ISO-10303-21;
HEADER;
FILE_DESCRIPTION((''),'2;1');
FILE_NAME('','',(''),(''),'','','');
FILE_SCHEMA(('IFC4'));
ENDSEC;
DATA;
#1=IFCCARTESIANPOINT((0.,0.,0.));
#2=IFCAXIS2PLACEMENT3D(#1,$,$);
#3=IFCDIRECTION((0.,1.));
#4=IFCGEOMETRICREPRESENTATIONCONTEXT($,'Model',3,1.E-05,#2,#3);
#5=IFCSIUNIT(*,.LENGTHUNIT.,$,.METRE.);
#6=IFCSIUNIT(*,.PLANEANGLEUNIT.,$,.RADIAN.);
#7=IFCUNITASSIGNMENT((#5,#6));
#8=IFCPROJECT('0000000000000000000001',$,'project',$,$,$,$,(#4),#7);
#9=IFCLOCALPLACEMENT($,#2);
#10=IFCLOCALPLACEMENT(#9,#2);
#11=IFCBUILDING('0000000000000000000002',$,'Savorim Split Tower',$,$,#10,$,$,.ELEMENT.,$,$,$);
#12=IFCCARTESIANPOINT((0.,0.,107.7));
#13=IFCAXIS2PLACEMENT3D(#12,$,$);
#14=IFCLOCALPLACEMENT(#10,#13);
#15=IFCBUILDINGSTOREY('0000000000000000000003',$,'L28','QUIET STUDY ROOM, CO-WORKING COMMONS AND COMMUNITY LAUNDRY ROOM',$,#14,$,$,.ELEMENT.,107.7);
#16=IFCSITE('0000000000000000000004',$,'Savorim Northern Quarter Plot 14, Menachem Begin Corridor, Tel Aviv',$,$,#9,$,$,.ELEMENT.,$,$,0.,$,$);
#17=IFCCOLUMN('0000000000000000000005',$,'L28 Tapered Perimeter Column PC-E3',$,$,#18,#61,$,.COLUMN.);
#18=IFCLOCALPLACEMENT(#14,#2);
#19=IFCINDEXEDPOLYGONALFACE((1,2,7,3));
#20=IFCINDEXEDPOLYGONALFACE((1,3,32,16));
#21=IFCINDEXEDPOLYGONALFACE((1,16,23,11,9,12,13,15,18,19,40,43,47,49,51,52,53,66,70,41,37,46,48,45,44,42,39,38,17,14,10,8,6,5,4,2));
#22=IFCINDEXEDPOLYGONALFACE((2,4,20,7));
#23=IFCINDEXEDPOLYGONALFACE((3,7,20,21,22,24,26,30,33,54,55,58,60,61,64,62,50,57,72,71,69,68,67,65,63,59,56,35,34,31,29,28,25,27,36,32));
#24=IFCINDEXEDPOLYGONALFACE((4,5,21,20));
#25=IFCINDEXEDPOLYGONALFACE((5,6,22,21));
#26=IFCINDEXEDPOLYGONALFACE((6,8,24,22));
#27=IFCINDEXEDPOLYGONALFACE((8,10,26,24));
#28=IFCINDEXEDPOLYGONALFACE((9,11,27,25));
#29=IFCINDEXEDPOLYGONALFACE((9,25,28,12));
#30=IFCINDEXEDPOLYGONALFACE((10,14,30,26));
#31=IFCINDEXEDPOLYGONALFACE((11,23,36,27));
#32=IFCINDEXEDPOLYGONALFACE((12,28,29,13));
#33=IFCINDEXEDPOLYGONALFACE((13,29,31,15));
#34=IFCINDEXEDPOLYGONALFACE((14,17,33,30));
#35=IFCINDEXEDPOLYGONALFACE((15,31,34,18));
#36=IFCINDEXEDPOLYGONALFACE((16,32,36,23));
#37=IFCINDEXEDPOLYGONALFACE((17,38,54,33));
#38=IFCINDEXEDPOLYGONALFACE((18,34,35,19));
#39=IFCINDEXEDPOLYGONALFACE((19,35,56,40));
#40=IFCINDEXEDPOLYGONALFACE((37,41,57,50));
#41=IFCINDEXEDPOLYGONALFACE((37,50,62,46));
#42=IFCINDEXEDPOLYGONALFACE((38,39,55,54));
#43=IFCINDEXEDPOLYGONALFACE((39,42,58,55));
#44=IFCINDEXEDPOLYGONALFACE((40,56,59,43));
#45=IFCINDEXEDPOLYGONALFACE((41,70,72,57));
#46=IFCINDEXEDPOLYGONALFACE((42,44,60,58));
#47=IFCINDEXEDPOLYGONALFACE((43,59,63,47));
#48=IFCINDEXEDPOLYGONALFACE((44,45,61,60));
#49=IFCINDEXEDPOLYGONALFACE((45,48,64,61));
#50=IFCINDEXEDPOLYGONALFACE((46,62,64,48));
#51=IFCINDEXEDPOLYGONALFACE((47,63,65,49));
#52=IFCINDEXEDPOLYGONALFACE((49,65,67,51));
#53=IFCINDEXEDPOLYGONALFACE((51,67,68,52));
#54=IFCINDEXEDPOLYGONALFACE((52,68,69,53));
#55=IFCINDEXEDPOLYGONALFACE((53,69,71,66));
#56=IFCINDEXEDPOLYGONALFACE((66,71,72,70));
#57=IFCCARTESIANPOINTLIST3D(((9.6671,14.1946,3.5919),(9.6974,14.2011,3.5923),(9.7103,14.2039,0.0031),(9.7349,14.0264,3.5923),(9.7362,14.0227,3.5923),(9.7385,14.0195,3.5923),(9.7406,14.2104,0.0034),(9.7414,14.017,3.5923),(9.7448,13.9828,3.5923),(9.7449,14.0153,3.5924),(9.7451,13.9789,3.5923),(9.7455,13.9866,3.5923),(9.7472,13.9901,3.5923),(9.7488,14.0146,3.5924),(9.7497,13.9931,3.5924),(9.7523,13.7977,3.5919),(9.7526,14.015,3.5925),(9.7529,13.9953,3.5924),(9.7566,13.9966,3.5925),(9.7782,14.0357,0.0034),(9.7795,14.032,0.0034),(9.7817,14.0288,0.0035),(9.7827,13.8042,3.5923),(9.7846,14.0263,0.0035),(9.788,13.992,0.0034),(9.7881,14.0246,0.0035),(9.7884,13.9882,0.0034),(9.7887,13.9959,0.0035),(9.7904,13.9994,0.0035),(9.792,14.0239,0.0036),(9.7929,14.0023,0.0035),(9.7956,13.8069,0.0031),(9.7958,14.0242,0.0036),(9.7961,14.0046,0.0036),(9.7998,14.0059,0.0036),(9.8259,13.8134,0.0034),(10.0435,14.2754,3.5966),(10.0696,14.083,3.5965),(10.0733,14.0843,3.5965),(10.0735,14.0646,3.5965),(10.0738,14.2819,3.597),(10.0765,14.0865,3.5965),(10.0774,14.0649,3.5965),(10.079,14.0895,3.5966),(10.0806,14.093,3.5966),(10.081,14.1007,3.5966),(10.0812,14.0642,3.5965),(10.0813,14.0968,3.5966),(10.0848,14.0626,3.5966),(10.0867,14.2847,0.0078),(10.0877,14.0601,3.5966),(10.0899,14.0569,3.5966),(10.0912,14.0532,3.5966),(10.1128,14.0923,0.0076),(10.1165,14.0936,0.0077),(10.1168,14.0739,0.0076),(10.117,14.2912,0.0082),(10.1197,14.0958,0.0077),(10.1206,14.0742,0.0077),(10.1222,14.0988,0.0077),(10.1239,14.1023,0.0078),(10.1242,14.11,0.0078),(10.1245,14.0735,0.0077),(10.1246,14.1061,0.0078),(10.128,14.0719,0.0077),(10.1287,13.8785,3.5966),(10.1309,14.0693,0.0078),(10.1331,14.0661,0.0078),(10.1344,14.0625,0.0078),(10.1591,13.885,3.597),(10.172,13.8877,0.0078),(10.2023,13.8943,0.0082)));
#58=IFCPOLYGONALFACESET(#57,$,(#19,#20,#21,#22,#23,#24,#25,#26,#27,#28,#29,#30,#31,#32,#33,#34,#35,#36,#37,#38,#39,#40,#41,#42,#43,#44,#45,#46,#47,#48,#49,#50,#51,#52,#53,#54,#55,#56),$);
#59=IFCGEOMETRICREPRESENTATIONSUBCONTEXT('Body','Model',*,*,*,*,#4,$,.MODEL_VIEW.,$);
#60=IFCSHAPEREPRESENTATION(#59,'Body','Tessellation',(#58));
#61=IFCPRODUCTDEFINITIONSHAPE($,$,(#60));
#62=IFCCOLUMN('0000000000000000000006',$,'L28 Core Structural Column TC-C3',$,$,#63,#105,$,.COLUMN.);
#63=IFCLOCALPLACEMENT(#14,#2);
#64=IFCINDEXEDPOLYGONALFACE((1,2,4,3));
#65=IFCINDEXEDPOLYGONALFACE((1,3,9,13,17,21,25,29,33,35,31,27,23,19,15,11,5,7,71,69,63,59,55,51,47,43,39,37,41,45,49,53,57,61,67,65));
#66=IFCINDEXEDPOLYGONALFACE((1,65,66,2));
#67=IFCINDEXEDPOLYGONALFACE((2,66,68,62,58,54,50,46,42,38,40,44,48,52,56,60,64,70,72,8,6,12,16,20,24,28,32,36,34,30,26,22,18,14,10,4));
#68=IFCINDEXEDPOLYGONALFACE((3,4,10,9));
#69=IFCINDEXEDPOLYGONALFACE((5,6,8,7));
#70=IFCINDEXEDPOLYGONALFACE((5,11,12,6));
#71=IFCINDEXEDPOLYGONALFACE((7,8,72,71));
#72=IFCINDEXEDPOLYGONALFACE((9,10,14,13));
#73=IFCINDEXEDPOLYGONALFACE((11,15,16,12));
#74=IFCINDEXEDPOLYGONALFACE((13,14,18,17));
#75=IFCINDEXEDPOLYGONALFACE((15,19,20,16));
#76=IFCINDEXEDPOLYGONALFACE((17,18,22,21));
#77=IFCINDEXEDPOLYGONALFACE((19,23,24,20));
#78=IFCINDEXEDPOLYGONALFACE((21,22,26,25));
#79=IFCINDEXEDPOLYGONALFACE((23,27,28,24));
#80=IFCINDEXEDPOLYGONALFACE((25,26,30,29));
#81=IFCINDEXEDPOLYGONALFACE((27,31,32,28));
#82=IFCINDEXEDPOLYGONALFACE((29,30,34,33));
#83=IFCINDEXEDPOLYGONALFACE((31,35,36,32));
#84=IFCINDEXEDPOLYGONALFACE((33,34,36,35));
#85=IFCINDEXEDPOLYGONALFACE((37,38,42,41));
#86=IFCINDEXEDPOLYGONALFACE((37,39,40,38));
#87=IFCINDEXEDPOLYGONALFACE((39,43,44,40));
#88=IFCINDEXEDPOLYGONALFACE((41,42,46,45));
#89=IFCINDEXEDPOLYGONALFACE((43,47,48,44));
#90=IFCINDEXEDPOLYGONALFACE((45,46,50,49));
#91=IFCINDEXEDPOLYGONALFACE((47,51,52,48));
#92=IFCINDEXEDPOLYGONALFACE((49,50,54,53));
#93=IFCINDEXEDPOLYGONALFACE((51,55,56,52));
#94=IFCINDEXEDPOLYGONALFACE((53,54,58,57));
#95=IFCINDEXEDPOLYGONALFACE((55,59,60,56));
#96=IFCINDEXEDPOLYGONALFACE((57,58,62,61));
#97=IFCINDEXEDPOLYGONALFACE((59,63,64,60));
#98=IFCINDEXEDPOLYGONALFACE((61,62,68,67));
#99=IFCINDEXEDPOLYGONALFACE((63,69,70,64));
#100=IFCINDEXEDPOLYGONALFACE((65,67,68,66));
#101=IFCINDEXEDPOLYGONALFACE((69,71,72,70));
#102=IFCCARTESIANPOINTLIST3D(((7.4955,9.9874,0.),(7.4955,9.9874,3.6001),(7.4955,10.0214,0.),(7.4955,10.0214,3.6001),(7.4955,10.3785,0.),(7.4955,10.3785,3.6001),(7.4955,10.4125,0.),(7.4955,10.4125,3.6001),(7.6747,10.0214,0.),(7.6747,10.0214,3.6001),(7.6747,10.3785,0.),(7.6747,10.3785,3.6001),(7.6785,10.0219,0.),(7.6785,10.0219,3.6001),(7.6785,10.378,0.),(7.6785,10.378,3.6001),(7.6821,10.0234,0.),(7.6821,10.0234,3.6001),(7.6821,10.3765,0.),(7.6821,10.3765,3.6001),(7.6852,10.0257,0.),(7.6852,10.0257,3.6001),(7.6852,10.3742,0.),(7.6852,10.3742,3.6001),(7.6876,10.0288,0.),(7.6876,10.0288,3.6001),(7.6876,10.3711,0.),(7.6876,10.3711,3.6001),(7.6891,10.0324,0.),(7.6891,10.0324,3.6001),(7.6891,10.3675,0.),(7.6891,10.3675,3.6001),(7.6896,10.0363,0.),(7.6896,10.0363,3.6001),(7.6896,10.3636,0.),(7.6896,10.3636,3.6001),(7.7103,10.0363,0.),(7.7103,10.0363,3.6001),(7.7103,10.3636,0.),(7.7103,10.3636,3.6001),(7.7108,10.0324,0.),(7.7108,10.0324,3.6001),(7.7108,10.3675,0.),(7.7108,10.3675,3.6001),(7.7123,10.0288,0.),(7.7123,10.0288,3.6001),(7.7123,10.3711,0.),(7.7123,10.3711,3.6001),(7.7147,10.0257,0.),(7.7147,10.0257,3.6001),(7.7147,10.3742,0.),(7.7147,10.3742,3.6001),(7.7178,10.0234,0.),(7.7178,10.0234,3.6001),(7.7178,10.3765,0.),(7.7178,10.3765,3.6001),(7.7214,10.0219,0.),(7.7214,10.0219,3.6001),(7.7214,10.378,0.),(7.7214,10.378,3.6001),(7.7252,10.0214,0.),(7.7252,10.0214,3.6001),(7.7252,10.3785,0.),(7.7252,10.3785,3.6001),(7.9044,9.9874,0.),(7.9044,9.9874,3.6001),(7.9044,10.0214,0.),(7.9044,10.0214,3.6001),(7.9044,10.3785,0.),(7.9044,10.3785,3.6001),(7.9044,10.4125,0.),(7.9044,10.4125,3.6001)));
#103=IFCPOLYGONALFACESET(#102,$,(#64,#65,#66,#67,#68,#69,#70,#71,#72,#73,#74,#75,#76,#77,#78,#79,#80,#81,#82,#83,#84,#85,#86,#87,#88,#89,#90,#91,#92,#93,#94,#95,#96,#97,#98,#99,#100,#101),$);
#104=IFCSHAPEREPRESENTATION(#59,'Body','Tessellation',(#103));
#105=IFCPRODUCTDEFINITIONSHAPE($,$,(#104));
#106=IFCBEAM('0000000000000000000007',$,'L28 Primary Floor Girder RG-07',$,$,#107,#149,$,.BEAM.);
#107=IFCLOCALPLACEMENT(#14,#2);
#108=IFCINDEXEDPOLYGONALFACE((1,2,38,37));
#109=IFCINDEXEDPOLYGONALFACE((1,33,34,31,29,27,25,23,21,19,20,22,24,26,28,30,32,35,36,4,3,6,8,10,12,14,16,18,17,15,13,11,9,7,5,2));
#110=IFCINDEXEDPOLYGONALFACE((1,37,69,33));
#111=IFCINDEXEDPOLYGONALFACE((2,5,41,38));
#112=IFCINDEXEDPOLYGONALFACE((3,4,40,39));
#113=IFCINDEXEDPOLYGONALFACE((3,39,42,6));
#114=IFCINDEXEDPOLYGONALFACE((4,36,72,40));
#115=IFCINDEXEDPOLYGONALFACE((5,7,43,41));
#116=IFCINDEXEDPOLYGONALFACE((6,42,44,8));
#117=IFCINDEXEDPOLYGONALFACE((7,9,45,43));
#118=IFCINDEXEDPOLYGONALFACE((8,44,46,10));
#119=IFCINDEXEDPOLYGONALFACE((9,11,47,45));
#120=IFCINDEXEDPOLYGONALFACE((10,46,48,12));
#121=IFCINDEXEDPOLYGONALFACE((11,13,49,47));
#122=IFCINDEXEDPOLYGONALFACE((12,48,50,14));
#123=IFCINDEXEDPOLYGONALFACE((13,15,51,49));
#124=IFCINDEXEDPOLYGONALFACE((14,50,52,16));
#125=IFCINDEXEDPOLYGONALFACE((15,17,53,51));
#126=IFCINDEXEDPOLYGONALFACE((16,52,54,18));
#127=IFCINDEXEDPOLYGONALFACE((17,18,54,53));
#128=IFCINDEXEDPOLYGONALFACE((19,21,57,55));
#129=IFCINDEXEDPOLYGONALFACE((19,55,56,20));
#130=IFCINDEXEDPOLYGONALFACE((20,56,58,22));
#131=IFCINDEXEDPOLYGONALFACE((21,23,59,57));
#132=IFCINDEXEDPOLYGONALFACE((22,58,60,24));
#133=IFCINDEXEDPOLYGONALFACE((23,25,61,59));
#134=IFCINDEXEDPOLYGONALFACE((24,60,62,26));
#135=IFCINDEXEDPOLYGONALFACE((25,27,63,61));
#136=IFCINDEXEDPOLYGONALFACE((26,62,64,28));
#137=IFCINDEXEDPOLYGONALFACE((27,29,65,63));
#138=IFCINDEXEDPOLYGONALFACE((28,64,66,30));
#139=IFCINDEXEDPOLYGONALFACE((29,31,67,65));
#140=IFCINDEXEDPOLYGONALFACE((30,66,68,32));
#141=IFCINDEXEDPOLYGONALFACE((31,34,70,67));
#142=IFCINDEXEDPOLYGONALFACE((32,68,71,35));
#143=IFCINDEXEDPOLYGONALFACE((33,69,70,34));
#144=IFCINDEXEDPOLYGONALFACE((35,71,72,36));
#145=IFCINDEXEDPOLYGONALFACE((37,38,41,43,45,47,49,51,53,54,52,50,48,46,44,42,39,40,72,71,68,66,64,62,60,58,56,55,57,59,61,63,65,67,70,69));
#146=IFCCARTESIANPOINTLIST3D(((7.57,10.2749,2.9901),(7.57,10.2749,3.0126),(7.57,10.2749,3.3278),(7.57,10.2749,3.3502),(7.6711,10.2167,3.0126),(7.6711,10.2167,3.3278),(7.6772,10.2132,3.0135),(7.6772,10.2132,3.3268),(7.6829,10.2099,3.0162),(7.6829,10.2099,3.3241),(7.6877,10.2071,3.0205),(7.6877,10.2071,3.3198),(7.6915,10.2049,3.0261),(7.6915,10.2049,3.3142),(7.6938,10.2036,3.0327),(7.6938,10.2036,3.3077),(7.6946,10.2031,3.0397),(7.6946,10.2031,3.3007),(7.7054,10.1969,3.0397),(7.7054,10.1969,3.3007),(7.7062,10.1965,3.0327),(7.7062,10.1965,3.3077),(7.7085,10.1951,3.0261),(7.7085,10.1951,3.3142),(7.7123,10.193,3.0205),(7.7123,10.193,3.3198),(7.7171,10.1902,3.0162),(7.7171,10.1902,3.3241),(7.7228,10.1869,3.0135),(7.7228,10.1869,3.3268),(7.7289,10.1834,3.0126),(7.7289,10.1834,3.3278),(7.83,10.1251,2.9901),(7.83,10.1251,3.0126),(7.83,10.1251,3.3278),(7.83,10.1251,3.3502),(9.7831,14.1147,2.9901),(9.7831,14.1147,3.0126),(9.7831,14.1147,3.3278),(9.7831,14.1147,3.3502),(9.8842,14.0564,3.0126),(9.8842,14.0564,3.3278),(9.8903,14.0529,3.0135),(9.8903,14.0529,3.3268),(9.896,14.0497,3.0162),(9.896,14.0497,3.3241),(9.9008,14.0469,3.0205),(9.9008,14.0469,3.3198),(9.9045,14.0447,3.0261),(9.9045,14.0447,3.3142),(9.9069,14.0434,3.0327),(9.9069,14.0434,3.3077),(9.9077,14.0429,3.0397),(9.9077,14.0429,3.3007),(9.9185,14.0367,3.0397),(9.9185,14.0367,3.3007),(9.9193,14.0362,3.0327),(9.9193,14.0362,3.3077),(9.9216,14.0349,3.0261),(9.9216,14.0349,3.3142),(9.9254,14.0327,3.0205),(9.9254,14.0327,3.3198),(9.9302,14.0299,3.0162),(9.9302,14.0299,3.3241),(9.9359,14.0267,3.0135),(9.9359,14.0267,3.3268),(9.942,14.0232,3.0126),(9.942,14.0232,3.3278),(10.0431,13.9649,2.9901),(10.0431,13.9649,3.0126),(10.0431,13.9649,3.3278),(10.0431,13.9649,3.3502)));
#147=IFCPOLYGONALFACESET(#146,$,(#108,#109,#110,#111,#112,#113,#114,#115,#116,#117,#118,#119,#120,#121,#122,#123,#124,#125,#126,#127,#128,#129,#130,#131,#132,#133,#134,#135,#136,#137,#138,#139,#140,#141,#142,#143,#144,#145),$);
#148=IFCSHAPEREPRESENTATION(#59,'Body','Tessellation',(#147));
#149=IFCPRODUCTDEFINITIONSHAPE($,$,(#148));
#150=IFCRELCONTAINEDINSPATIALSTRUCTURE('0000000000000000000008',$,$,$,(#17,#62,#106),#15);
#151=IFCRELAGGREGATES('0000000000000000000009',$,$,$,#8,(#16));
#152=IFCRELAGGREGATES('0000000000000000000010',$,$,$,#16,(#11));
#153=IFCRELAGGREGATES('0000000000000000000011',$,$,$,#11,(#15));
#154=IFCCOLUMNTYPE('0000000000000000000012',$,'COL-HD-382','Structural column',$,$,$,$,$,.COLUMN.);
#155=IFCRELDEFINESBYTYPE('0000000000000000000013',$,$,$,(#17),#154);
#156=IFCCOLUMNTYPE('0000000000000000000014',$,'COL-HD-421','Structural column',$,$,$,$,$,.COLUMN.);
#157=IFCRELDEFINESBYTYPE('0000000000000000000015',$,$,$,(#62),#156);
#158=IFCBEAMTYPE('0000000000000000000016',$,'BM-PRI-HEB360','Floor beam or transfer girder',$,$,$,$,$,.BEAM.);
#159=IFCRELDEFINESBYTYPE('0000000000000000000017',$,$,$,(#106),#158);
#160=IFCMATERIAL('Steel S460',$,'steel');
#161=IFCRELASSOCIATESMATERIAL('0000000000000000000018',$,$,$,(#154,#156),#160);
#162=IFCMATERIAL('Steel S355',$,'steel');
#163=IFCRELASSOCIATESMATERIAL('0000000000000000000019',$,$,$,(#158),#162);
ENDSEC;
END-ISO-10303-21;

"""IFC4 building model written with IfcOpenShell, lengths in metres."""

from ifc_helpers import new_model, si_unit, direction, frame, origin, origin_2d, place, context, subcontext, project, spatial, i_section, extrude, material, material_profile, profile_set, type_object, element, save


model = new_model("IFC4")

# Units and contexts
model_context = context("Model", 3, precision=1e-05, world=origin(), true_north=direction((0.0, 1.0)))
body_context = subcontext(model_context, "Body", "Model", "MODEL_VIEW")
ifc_project = project(units=[si_unit("LENGTHUNIT", "METRE"), si_unit("PLANEANGLEUNIT", "RADIAN")], contexts=[model_context])

# Site, building, storey
site_placement = place(None, origin())
site = spatial("IfcSite", under=ifc_project, at=site_placement, Name="Savorim Northern Quarter Plot 14, Menachem Begin Corridor, Tel Aviv", CompositionType="ELEMENT", RefElevation=0.0)
building_placement = place(site_placement, origin())
building = spatial("IfcBuilding", under=site, at=building_placement, Name="Savorim Split Tower", CompositionType="ELEMENT")
storey_placement = place(building_placement, frame((0.0, 0.0, 107.7)))
storey = spatial("IfcBuildingStorey", under=building, at=storey_placement, Name="L28", Description="QUIET STUDY ROOM, CO-WORKING COMMONS AND COMMUNITY LAUNDRY ROOM", CompositionType="ELEMENT", Elevation=107.7)

# Columns
ifc_material_1 = material(Name="Steel S460", Category="steel")
ifc_material_profile_1 = material_profile(ifc_material_1, i_section(OverallWidth=0.406, OverallDepth=0.416, WebThickness=0.0188, FlangeThickness=0.031, FilletRadius=0.0149, at=origin_2d()), Name="HD 400x382")
ifc_profile_set_1 = profile_set([ifc_material_profile_1], Name="Steel S460")
column_type_1 = type_object("IfcColumnType", Name="COL-HD-382", Description="Structural column", PredefinedType="COLUMN", material=ifc_profile_set_1)
column_1_placement = place(storey_placement, frame((9.9563, 14.0491, 0.0056), z_axis=(-0.01204, -0.002585, 0.999924), x_axis=(0.209906, -0.977722, 0.0)))
element("IfcColumn", 1, at=column_1_placement, inside=storey, type_object=column_type_1, Name="L28 Tapered Perimeter Column PC-E3", PredefinedType="COLUMN", context=body_context, shape_type="SweptSolid", body=[
    extrude(i_section(OverallWidth=0.406, OverallDepth=0.416, WebThickness=0.0188, FlangeThickness=0.031, FilletRadius=0.0149, at=origin_2d()), origin(), (0.0, 0.0, 1.0), 3.5891),
])
ifc_material_profile_2 = material_profile(ifc_material_1, i_section(OverallWidth=0.4089, OverallDepth=0.425, WebThickness=0.0208, FlangeThickness=0.0339, FilletRadius=0.0149, at=origin_2d()), Name="HD 400x421")
ifc_profile_set_2 = profile_set([ifc_material_profile_2], Name="Steel S460")
column_type_2 = type_object("IfcColumnType", Name="COL-HD-421", Description="Structural column", PredefinedType="COLUMN", material=ifc_profile_set_2)
column_2_placement = place(storey_placement, frame((7.7, 10.2, 0.0), z_axis=(0.0, 0.0, 1.0), x_axis=(1.0, 0.0, 0.0)))
element("IfcColumn", 2, at=column_2_placement, inside=storey, type_object=column_type_2, Name="L28 Core Structural Column TC-C3", PredefinedType="COLUMN", context=body_context, shape_type="SweptSolid", body=[
    extrude(i_section(OverallWidth=0.4089, OverallDepth=0.425, WebThickness=0.0208, FlangeThickness=0.0339, FilletRadius=0.0149, at=origin_2d()), origin(), (0.0, 0.0, 1.0), 3.6001),
])

# Beam
ifc_material_2 = material(Name="Steel S355", Category="steel")
ifc_material_profile_3 = material_profile(ifc_material_2, i_section(OverallWidth=0.3, OverallDepth=0.3601, WebThickness=0.0125, FlangeThickness=0.0225, FilletRadius=0.0271, at=origin_2d()), Name="HEB 360")
ifc_profile_set_3 = profile_set([ifc_material_profile_3], Name="Steel S355")
beam_type_1 = type_object("IfcBeamType", Name="BM-PRI-HEB360", Description="Floor beam or transfer girder", PredefinedType="BEAM", material=ifc_profile_set_3)
beam_1_placement = place(storey_placement, frame((9.9131, 14.0398, 3.1702), z_axis=(-0.499357, -0.866396, 0.0), x_axis=(0.866396, -0.499357, 0.0)))
element("IfcBeam", 3, at=beam_1_placement, inside=storey, type_object=beam_type_1, Name="L28 Primary Floor Girder RG-07", PredefinedType="BEAM", context=body_context, shape_type="SweptSolid", body=[
    extrude(i_section(OverallWidth=0.3, OverallDepth=0.3601, WebThickness=0.0125, FlangeThickness=0.0225, FilletRadius=0.0271, at=origin_2d()), origin(), (0.0, 0.0, 1.0), 4.4319),
])

save(model, "model.ifc")
